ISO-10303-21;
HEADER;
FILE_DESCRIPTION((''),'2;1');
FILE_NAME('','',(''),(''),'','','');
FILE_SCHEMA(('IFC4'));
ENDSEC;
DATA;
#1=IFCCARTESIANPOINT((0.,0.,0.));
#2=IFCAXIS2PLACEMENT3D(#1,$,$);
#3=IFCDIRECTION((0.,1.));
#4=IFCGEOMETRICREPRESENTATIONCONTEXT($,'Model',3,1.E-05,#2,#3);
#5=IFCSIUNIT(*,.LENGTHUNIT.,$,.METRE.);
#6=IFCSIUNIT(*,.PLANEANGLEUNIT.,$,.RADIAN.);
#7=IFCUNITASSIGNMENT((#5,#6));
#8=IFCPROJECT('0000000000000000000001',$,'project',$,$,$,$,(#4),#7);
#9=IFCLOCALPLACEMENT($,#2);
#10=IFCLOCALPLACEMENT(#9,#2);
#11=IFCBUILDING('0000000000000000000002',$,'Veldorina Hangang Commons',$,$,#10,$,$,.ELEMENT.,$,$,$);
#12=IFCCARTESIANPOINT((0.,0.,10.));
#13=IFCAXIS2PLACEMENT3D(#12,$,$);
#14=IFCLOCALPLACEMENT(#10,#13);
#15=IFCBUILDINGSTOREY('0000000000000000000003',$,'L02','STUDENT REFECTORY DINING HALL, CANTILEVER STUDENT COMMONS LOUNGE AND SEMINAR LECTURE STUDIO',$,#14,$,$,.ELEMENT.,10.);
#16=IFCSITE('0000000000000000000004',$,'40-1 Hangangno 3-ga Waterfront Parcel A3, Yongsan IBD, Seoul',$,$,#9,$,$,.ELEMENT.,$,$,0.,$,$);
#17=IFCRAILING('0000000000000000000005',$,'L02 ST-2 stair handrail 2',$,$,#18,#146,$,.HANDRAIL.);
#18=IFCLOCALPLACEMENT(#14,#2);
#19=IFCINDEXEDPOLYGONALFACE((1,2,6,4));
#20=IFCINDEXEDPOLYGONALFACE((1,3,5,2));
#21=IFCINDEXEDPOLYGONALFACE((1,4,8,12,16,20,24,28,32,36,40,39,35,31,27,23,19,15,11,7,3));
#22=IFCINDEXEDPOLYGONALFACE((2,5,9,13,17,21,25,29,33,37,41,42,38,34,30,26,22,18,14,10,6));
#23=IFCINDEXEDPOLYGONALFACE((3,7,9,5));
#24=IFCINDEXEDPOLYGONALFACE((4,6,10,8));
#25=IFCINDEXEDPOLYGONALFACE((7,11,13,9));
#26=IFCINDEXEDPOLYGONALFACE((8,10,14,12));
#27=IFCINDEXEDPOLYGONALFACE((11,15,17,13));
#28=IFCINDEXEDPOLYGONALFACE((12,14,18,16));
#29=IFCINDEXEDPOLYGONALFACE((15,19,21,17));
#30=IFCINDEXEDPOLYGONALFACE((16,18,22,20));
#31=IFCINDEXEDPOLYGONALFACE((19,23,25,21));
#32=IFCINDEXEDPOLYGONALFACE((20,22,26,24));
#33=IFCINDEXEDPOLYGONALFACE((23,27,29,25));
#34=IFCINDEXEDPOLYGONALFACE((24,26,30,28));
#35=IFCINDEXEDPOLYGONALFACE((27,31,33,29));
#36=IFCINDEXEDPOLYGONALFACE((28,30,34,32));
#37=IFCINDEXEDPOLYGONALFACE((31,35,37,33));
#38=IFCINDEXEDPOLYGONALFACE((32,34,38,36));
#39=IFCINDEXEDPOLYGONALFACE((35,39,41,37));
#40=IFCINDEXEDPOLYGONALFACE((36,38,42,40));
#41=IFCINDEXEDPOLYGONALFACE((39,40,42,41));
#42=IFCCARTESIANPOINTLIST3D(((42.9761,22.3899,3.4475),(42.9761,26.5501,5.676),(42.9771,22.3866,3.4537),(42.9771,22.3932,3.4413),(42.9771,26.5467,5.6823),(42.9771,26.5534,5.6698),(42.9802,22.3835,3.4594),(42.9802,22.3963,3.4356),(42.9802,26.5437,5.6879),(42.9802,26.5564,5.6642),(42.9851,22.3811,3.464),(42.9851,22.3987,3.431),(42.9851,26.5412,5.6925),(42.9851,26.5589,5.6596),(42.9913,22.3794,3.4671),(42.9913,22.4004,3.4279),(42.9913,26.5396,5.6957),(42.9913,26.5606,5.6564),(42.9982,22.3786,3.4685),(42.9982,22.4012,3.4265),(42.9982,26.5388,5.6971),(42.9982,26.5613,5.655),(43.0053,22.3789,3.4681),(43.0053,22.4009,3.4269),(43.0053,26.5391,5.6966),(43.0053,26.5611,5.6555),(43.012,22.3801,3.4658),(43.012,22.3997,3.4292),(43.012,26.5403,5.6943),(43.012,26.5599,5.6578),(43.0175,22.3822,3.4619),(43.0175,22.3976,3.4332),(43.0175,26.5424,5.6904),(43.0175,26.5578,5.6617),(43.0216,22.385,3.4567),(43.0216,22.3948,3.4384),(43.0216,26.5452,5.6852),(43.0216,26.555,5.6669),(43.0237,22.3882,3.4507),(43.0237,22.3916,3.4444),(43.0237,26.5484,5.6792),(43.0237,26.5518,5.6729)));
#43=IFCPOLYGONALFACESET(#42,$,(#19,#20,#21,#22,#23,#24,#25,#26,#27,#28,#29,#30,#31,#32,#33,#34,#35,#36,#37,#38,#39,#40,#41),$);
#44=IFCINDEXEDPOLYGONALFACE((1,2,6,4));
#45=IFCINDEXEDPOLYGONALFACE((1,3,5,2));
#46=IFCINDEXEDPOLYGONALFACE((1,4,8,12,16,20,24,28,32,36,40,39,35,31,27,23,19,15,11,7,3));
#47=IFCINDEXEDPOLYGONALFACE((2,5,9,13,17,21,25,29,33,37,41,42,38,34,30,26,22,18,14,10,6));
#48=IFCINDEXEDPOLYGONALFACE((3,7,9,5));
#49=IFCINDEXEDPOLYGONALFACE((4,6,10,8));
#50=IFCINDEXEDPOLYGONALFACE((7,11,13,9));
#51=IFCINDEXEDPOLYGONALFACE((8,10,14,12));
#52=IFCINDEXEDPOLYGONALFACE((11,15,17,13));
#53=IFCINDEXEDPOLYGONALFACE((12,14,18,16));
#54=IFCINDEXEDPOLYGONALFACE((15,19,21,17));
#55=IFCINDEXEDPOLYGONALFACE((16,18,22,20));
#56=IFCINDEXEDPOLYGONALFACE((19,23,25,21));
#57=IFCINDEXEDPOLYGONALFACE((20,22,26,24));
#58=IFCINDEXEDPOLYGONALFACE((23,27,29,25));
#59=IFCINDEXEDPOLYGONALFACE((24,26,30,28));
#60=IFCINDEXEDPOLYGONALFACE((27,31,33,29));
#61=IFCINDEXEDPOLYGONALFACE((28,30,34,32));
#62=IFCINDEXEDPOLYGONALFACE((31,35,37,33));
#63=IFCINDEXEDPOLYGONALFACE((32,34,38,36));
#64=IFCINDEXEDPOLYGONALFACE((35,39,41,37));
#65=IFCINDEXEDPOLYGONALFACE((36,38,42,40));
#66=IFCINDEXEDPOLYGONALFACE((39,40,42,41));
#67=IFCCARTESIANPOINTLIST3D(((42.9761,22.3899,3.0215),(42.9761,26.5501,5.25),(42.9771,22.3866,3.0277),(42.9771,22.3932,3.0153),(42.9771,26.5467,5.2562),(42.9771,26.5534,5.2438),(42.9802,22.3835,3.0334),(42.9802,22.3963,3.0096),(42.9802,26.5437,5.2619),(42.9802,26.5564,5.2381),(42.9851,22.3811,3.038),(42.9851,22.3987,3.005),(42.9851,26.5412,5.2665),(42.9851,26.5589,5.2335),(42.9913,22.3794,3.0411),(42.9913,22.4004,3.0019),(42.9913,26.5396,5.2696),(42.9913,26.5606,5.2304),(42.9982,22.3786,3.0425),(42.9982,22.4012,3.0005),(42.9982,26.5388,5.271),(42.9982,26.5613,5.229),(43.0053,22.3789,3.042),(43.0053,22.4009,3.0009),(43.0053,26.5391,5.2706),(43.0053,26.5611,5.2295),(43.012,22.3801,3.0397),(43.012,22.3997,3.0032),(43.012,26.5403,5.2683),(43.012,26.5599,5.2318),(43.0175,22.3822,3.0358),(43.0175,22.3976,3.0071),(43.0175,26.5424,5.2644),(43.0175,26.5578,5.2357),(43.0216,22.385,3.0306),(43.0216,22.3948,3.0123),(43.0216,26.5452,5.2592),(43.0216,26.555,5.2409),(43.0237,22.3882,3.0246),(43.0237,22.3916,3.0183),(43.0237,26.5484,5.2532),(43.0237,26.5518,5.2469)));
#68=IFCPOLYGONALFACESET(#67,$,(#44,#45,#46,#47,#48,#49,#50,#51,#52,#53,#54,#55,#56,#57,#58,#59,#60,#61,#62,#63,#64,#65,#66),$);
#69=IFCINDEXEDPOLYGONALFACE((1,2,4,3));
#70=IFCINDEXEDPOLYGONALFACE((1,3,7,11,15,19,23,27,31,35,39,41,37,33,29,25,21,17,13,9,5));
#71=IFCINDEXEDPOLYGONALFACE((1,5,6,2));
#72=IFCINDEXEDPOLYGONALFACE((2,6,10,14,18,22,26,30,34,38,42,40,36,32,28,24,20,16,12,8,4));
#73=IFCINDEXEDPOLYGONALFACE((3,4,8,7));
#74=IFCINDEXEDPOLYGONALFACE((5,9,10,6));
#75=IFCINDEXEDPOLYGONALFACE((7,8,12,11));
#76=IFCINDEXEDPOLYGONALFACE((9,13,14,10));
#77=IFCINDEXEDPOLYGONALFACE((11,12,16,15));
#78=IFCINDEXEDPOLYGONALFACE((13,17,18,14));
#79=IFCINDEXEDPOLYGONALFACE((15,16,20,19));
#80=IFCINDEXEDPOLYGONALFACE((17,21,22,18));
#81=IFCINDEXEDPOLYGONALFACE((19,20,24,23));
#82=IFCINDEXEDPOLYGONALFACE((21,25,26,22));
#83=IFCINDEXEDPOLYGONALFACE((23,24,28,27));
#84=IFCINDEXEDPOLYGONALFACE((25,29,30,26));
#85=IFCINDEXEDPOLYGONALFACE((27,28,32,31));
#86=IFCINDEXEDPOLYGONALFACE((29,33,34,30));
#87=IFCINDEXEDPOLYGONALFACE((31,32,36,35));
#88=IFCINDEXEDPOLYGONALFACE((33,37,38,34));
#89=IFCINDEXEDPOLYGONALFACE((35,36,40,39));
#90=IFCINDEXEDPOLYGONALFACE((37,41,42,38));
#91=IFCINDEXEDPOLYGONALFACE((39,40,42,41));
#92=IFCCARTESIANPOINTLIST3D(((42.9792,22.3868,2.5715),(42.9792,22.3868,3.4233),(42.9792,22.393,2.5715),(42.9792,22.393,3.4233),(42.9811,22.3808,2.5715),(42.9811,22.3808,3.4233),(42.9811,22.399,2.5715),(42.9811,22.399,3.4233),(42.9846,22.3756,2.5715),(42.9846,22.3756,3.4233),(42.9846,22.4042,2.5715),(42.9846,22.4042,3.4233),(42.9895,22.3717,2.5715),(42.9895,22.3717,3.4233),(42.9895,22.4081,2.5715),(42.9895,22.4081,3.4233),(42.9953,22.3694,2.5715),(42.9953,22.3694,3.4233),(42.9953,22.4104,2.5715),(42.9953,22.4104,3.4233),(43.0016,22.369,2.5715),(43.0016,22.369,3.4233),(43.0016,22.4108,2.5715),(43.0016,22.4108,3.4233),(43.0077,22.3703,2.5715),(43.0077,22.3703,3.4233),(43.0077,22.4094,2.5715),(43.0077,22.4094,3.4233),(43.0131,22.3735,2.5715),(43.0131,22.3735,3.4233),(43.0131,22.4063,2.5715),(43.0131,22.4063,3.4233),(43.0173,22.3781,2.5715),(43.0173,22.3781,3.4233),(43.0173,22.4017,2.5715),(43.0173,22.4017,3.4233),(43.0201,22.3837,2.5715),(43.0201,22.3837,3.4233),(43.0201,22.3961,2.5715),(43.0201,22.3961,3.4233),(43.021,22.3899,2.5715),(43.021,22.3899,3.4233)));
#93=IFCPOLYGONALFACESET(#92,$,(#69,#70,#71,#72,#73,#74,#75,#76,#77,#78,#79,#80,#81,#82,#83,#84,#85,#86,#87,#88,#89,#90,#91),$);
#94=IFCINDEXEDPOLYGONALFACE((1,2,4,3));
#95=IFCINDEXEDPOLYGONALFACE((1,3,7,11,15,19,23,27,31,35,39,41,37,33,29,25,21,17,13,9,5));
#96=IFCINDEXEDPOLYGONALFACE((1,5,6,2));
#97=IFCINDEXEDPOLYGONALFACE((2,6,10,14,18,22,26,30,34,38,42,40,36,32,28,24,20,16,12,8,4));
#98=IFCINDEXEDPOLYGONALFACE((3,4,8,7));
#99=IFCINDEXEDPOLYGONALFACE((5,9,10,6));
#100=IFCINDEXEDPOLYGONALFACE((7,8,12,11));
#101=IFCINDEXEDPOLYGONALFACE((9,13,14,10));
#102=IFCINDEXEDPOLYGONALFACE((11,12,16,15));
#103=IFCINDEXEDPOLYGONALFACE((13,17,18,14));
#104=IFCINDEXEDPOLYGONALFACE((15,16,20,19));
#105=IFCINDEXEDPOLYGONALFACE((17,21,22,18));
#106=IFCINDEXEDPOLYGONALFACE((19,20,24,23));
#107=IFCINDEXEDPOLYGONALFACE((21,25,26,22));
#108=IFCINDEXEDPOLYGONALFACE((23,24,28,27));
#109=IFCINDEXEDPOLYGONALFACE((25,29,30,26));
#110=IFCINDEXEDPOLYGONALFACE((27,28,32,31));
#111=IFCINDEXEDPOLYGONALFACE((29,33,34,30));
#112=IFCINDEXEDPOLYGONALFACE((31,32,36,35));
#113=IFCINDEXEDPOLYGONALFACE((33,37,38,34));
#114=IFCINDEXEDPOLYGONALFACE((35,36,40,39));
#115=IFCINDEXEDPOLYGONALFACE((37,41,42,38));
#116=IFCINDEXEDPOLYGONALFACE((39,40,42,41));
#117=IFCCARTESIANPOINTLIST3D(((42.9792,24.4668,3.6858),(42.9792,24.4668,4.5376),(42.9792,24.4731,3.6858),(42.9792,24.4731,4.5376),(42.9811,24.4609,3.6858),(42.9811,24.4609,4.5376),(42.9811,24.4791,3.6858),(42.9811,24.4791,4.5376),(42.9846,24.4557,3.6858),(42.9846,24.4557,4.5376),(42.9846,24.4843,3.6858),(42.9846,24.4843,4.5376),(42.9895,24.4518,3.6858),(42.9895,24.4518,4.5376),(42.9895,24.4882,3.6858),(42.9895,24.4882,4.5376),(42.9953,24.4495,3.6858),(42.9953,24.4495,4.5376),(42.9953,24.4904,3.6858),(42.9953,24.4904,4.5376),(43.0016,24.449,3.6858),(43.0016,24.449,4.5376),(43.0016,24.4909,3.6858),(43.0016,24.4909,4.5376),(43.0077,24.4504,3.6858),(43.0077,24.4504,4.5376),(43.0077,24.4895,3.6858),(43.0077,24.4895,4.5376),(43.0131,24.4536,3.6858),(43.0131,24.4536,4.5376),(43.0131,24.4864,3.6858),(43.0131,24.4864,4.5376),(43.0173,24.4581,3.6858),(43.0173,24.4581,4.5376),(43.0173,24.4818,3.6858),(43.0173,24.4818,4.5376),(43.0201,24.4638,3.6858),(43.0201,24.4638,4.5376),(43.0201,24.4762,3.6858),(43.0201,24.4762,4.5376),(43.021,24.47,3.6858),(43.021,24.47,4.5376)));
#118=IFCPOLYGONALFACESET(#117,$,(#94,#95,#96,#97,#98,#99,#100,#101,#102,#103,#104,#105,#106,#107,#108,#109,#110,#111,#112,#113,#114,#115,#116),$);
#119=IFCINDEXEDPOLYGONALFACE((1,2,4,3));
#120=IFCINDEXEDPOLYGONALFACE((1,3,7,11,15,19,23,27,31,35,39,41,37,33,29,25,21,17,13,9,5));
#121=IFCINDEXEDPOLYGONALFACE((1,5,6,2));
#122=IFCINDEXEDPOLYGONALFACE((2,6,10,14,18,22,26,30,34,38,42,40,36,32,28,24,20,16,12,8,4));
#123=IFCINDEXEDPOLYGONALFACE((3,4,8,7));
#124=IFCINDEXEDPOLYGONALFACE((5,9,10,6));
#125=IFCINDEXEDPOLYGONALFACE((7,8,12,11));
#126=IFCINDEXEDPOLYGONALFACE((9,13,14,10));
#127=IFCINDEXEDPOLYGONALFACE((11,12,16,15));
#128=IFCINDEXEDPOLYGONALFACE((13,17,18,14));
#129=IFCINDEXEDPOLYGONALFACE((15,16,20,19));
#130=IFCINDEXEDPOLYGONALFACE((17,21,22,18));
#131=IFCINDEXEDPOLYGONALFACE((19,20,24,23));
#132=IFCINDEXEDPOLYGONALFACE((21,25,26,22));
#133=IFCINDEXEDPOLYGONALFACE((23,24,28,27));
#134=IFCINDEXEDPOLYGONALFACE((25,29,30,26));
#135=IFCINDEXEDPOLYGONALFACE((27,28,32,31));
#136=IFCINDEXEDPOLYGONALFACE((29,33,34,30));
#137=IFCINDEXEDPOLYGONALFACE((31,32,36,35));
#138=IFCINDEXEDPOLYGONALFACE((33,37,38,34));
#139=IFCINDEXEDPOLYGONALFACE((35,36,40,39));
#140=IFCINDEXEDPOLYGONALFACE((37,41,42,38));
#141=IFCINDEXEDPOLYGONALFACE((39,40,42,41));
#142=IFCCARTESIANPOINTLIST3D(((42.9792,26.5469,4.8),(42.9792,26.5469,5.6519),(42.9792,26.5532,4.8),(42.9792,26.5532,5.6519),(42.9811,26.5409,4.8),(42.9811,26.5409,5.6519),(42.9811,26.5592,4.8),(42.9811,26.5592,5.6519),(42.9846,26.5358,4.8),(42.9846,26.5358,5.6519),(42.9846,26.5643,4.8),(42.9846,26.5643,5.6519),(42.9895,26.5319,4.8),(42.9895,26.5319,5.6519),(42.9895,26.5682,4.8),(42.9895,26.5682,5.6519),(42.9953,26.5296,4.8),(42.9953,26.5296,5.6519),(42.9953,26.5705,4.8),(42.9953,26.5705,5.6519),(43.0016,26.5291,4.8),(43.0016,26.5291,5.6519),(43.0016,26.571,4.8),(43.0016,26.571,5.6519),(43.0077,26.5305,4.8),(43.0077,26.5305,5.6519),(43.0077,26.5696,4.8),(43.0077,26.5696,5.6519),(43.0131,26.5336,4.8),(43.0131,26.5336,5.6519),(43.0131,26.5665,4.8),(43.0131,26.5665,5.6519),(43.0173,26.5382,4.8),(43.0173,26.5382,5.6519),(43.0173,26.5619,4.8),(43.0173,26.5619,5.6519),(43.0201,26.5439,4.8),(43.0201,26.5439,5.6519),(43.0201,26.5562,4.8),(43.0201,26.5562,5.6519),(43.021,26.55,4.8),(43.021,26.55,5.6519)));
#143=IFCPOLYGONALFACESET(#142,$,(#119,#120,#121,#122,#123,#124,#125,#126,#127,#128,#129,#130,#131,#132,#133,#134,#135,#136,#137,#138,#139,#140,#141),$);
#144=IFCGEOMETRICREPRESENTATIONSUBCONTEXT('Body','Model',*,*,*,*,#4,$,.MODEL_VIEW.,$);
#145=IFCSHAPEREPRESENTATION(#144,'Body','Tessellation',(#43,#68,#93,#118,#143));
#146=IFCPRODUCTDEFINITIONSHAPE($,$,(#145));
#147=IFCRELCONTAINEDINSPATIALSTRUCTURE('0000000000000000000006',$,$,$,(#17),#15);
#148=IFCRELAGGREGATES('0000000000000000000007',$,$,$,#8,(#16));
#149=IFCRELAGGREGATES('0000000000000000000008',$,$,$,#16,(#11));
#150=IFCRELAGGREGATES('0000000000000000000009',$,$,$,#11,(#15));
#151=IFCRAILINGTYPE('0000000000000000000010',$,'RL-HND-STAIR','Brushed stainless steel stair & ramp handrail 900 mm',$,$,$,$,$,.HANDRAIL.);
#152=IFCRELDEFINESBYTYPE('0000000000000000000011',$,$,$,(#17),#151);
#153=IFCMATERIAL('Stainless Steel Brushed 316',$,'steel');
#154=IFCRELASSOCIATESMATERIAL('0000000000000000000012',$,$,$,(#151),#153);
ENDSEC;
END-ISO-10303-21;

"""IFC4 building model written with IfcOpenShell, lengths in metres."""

from ifc_helpers import new_model, si_unit, direction, frame, origin, origin_2d, place, context, subcontext, project, spatial, circle, extrude, material, type_object, element, save


model = new_model("IFC4")

# Units and contexts
model_context = context("Model", 3, precision=1e-05, world=origin(), true_north=direction((0.0, 1.0)))
body_context = subcontext(model_context, "Body", "Model", "MODEL_VIEW")
ifc_project = project(units=[si_unit("LENGTHUNIT", "METRE"), si_unit("PLANEANGLEUNIT", "RADIAN")], contexts=[model_context])

# Site, building, storey
site_placement = place(None, origin())
site = spatial("IfcSite", under=ifc_project, at=site_placement, Name="40-1 Hangangno 3-ga Waterfront Parcel A3, Yongsan IBD, Seoul", CompositionType="ELEMENT", RefElevation=0.0)
building_placement = place(site_placement, origin())
building = spatial("IfcBuilding", under=site, at=building_placement, Name="Veldorina Hangang Commons", CompositionType="ELEMENT")
storey_placement = place(building_placement, frame((0.0, 0.0, 10.0)))
storey = spatial("IfcBuildingStorey", under=building, at=storey_placement, Name="L02", Description="STUDENT REFECTORY DINING HALL, CANTILEVER STUDENT COMMONS LOUNGE AND SEMINAR LECTURE STUDIO", CompositionType="ELEMENT", Elevation=10.0)

# Railing
ifc_material_1 = material(Name="Stainless Steel Brushed 316", Category="steel")
railing_type_1 = type_object("IfcRailingType", Name="RL-HND-STAIR", Description="Brushed stainless steel stair & ramp handrail 900 mm", PredefinedType="HANDRAIL", material=ifc_material_1)
railing_1_placement = place(storey_placement, frame((43.0, 22.3899, 2.5715)))
element("IfcRailing", 1, at=railing_1_placement, inside=storey, type_object=railing_type_1, Name="L02 ST-2 stair handrail 2", PredefinedType="HANDRAIL", context=body_context, shape_type="SweptSolid", body=[
    extrude(circle(Radius=0.0239, at=origin_2d()), frame((0.0, 0.0, 0.876), z_axis=(0.0, 0.881492, 0.472198), x_axis=(-1.0, 0.0, 0.0)), (0.0, 0.0, 1.0), 4.7195),
    extrude(circle(Radius=0.0239, at=origin_2d()), frame((0.0, 0.0, 0.45), z_axis=(0.0, 0.881492, 0.472198), x_axis=(-1.0, 0.0, 0.0)), (0.0, 0.0, 1.0), 4.7195),
    extrude(circle(Radius=0.021, at=origin_2d()), origin(), (0.0, 0.0, 1.0), 0.8518),
    extrude(circle(Radius=0.021, at=origin_2d()), frame((0.0, 2.0801, 1.1143)), (0.0, 0.0, 1.0), 0.8518),
    extrude(circle(Radius=0.021, at=origin_2d()), frame((0.0, 4.1602, 2.2285)), (0.0, 0.0, 1.0), 0.8518),
])

save(model, "model.ifc")
